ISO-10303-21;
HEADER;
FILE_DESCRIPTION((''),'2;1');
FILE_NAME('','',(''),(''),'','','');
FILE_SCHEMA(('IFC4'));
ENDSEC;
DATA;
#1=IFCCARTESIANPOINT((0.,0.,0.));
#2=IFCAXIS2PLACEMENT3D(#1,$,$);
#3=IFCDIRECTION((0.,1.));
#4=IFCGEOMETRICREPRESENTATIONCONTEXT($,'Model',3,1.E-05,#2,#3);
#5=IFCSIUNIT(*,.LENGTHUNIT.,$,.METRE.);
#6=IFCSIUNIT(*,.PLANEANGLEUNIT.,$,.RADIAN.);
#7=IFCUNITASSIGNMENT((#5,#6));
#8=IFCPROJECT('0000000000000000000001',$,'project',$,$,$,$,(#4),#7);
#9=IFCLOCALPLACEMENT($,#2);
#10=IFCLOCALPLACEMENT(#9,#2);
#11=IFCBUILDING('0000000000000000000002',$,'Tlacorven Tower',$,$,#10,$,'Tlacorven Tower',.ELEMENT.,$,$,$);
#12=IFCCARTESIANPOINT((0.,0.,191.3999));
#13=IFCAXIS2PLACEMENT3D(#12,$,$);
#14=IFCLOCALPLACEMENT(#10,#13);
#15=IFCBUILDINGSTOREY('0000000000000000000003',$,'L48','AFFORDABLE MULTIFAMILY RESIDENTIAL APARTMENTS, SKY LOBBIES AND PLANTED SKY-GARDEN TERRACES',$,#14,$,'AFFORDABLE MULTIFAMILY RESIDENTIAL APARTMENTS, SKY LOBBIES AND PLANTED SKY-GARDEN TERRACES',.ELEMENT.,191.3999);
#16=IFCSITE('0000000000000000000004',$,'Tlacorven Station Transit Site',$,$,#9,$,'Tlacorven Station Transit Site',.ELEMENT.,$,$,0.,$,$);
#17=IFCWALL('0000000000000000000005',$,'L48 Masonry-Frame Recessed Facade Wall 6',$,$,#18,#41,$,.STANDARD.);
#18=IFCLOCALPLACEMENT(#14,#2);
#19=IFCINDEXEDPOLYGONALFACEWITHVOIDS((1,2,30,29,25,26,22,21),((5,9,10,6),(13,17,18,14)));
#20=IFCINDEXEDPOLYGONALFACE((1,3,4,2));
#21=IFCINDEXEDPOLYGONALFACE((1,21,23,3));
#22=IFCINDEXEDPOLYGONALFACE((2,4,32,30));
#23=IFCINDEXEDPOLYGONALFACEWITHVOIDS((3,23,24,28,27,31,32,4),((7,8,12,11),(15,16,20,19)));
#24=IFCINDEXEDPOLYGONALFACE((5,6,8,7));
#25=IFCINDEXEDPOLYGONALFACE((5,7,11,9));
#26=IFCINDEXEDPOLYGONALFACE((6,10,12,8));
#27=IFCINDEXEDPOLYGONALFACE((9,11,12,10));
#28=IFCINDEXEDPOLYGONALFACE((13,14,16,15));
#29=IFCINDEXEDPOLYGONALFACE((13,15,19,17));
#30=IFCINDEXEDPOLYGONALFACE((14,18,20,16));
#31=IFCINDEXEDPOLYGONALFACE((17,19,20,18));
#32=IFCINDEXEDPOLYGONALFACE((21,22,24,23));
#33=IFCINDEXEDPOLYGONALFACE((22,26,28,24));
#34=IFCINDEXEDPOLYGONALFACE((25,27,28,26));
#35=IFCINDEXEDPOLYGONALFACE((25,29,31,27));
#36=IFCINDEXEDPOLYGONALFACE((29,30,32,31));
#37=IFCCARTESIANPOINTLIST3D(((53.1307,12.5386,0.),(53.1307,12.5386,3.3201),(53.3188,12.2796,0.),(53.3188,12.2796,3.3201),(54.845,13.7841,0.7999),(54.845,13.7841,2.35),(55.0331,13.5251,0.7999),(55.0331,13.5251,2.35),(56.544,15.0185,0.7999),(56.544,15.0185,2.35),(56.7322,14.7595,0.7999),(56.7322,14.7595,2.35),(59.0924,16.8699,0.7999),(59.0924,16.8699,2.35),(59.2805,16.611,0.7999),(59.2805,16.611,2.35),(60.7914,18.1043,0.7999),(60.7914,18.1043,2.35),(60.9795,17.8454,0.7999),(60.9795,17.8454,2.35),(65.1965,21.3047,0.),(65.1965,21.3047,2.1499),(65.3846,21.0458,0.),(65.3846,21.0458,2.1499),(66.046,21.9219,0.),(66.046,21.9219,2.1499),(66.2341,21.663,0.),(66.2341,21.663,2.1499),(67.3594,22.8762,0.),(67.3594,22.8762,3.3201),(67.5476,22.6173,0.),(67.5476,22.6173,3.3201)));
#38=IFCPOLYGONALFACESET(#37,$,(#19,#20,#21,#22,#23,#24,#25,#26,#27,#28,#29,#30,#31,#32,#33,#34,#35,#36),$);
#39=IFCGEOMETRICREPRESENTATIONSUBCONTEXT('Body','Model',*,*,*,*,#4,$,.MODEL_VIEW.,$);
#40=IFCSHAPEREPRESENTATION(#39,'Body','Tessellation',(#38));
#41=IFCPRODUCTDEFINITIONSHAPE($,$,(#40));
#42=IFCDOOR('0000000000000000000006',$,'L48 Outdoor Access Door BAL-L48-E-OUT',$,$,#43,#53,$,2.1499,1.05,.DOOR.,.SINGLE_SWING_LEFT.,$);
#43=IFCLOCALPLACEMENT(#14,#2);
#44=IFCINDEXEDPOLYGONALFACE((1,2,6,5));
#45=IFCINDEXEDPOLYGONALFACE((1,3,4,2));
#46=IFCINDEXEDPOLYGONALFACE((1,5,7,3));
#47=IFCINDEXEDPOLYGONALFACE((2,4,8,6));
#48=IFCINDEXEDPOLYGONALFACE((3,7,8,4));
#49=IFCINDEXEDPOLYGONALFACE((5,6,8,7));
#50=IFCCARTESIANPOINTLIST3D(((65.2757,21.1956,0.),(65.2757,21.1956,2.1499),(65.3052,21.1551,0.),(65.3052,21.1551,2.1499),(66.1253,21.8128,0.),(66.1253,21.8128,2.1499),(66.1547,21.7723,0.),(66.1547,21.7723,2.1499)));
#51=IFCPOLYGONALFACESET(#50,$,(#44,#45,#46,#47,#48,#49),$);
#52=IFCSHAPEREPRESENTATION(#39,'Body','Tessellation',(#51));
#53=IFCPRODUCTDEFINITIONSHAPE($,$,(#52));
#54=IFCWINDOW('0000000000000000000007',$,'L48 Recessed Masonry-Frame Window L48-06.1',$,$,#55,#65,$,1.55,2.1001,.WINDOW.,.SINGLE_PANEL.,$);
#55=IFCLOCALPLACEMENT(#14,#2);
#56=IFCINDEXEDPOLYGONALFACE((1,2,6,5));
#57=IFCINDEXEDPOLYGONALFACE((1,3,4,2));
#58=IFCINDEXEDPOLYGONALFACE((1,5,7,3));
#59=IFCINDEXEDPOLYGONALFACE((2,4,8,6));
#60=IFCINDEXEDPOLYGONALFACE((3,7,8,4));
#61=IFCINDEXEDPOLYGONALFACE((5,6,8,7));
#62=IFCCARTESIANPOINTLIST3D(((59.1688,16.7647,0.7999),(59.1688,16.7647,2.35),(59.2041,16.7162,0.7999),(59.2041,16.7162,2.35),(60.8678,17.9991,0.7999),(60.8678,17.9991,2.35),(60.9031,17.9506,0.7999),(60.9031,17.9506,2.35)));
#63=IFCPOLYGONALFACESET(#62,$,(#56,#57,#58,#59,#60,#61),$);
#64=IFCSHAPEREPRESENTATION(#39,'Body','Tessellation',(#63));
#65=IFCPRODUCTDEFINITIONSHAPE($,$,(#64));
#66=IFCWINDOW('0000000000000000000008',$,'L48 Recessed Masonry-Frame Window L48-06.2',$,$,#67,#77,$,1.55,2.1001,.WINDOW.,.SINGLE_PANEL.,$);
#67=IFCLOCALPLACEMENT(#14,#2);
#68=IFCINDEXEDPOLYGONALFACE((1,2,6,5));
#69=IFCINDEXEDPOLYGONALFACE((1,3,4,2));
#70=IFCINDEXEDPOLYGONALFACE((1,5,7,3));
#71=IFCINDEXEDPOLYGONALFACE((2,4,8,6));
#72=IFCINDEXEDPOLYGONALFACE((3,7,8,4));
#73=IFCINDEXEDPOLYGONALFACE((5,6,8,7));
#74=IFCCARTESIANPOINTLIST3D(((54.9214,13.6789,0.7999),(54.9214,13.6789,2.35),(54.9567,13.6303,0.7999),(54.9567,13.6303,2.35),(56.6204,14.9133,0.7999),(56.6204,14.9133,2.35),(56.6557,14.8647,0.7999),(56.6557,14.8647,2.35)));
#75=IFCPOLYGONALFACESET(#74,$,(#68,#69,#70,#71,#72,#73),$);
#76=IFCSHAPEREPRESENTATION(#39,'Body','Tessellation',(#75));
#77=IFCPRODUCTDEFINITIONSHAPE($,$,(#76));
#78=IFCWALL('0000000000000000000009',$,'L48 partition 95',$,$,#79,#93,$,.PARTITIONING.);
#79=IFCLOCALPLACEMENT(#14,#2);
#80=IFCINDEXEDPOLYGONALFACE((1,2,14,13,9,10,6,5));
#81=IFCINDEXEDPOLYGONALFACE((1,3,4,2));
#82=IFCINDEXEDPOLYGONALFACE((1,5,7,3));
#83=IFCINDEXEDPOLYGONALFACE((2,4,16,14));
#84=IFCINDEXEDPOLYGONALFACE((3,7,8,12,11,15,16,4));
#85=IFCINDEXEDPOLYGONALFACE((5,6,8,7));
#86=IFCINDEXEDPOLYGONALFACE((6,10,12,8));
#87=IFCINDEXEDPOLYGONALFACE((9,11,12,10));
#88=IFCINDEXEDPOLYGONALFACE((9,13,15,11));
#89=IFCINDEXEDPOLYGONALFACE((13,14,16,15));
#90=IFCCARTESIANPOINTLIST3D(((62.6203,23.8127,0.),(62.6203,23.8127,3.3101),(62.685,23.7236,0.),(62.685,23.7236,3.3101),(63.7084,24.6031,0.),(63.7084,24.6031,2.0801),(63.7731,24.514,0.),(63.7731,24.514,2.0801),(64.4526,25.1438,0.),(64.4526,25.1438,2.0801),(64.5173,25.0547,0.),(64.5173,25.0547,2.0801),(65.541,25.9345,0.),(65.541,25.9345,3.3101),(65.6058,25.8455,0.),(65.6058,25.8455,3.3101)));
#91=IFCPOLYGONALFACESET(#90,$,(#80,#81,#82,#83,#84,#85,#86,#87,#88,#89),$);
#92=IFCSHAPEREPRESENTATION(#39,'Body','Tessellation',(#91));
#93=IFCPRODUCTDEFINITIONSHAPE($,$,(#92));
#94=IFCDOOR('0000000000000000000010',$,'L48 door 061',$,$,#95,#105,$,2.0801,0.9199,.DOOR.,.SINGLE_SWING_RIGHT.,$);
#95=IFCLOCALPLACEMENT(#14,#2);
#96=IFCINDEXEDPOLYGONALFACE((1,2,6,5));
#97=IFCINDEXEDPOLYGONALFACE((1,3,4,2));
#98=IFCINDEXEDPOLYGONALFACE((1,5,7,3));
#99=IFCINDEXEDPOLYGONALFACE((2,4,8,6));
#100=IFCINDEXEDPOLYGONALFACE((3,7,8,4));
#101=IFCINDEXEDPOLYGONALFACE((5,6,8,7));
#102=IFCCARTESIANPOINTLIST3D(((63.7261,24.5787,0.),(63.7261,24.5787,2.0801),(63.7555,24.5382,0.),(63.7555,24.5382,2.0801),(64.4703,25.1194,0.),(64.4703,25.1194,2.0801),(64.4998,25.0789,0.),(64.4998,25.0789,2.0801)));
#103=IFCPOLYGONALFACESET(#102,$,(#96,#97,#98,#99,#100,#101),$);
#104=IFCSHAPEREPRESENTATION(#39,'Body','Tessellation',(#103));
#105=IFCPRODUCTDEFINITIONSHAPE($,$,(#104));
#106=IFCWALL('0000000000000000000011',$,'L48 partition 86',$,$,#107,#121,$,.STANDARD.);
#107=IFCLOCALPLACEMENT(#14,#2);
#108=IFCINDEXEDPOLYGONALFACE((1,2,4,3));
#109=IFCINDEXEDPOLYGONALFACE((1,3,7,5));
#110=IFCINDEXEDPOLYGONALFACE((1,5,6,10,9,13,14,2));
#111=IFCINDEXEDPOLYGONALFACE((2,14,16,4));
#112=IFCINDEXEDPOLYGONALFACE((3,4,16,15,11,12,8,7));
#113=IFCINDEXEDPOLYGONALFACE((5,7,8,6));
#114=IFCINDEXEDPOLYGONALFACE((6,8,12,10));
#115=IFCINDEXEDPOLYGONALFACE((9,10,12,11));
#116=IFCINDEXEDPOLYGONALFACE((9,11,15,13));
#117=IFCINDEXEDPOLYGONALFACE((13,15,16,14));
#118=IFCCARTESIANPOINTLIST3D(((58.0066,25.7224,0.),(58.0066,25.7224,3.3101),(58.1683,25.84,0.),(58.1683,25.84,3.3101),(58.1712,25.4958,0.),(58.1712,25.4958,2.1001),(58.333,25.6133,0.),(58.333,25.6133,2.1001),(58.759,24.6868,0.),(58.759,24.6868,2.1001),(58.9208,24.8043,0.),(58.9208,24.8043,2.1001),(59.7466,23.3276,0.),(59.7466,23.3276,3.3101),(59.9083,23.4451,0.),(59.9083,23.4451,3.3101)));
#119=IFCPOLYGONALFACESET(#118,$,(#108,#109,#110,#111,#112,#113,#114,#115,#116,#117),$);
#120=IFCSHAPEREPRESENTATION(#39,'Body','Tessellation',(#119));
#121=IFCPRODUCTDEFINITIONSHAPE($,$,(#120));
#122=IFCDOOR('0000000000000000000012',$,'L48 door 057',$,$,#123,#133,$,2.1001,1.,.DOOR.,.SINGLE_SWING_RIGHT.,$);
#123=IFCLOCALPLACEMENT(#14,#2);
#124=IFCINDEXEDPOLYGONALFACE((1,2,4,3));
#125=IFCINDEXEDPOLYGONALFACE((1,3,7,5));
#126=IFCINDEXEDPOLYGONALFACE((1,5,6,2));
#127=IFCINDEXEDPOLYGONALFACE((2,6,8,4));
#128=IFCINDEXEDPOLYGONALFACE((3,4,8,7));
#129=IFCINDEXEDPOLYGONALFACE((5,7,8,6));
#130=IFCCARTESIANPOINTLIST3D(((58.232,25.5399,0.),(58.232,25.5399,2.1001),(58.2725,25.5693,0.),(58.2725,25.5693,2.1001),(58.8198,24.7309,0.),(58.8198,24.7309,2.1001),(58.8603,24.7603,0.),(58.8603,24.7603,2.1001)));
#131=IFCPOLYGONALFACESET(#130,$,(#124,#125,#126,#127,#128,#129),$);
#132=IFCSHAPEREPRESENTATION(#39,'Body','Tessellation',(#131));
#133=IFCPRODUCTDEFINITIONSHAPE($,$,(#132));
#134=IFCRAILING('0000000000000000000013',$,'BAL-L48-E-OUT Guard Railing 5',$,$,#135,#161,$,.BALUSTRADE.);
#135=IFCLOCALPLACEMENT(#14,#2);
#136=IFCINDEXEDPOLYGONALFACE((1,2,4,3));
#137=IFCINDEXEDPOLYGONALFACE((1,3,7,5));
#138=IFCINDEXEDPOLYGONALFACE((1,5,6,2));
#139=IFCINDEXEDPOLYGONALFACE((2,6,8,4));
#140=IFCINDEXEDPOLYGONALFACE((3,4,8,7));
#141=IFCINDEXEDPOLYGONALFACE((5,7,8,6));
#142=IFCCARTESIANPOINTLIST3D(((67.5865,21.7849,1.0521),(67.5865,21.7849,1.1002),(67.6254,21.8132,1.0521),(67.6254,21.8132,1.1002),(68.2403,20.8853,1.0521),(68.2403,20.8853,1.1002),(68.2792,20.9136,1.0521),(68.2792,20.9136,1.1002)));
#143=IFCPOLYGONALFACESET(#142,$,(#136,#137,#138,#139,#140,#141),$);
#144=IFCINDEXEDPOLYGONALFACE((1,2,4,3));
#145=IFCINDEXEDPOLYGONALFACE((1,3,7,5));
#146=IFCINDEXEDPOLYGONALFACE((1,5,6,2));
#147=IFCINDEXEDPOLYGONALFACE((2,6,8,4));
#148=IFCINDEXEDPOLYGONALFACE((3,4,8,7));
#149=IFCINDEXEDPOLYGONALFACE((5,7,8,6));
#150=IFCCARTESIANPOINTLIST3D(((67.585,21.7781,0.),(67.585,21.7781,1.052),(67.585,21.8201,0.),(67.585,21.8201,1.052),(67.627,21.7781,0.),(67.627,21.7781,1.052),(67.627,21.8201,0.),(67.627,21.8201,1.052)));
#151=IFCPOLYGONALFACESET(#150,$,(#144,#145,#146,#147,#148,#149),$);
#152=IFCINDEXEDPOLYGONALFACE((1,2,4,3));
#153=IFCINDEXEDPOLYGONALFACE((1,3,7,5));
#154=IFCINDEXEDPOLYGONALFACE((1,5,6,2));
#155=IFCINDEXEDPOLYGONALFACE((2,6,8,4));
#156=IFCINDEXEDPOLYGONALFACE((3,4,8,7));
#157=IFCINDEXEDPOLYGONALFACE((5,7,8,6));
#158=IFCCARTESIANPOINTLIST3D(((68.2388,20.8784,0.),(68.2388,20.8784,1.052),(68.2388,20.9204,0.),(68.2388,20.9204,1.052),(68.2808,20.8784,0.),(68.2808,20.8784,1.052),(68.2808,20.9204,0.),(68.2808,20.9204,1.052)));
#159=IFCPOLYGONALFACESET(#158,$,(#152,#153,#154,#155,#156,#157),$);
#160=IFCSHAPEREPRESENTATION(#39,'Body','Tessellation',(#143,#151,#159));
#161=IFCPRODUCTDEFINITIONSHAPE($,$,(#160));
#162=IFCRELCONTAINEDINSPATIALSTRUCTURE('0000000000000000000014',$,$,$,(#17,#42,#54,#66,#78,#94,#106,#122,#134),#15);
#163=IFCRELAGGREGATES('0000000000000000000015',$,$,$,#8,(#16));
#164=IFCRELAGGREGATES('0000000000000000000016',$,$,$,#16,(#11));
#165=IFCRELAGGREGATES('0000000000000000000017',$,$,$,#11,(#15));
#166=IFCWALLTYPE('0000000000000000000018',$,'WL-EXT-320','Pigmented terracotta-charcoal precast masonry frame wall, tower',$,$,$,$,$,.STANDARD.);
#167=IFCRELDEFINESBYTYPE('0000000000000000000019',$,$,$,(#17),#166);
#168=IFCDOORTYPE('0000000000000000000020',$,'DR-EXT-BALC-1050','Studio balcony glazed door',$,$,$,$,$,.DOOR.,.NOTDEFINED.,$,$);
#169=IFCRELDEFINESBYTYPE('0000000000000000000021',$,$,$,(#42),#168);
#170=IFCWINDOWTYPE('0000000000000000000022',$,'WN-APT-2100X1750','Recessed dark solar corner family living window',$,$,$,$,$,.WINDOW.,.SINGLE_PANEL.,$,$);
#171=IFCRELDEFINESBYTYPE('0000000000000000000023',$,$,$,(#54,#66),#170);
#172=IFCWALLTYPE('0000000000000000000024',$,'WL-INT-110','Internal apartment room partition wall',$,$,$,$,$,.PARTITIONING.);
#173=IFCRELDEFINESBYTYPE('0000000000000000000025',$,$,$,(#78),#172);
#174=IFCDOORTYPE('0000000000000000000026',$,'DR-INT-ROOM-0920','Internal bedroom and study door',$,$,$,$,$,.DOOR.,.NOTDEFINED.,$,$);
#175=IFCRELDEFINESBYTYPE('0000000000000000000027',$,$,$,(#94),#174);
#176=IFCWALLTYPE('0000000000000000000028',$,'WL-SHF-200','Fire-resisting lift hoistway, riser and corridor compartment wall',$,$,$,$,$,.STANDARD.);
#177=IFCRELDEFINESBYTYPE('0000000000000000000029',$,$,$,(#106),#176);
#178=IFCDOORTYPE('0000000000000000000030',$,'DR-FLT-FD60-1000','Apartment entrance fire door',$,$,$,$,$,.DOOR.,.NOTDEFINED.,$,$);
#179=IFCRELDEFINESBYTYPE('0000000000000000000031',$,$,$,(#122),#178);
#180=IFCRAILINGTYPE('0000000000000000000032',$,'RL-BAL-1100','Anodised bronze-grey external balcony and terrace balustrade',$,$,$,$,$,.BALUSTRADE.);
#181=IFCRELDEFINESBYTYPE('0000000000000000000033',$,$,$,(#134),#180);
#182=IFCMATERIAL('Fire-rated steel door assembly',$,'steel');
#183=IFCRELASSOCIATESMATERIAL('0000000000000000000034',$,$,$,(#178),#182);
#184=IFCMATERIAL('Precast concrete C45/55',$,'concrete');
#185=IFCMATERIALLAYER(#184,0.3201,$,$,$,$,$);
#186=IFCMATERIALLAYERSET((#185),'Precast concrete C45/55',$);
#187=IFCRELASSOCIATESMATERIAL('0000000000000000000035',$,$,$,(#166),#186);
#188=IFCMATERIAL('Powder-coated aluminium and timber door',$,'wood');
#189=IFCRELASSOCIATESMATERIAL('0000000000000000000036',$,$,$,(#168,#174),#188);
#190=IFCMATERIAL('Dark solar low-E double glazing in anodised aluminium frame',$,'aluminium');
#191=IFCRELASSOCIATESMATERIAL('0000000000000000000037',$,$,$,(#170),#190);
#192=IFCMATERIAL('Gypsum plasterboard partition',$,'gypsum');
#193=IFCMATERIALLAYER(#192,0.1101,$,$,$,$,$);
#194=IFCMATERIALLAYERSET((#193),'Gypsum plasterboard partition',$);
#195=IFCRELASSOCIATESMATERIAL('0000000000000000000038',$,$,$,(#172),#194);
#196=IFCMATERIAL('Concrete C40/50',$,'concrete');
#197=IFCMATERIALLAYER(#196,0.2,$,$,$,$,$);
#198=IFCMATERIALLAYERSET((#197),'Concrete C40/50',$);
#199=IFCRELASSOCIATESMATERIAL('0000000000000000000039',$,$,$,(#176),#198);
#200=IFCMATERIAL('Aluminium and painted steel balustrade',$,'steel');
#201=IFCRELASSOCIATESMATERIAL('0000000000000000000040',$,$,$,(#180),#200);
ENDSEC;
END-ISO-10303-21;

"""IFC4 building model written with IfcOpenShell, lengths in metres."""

from ifc_helpers import new_model, si_unit, direction, frame, frame_2d, origin, origin_2d, place, context, subcontext, project, spatial, rectangle, extrude, source, transform, mapped, material, layer, layer_set, type_object, element, fill, save


model = new_model("IFC4")

# Units and contexts
model_context = context("Model", 3, precision=1e-05, world=origin(), true_north=direction((0.0, 1.0)))
body_context = subcontext(model_context, "Body", "Model", "MODEL_VIEW")
ifc_project = project(units=[si_unit("LENGTHUNIT", "METRE"), si_unit("PLANEANGLEUNIT", "RADIAN")], contexts=[model_context])

# Site, building, storey
site_placement = place(None, origin())
site = spatial("IfcSite", under=ifc_project, at=site_placement, Name="Tlacorven Station Transit Site", LongName="Tlacorven Station Transit Site", CompositionType="ELEMENT", RefElevation=0.0)
building_placement = place(site_placement, origin())
building = spatial("IfcBuilding", under=site, at=building_placement, Name="Tlacorven Tower", LongName="Tlacorven Tower", CompositionType="ELEMENT")
storey_placement = place(building_placement, frame((0.0, 0.0, 191.3999)))
storey = spatial("IfcBuildingStorey", under=building, at=storey_placement, Name="L48", Description="AFFORDABLE MULTIFAMILY RESIDENTIAL APARTMENTS, SKY LOBBIES AND PLANTED SKY-GARDEN TERRACES", LongName="AFFORDABLE MULTIFAMILY RESIDENTIAL APARTMENTS, SKY LOBBIES AND PLANTED SKY-GARDEN TERRACES", CompositionType="ELEMENT", Elevation=191.3999)

# Shared definitions
ifc_material_1 = material(Name="Fire-rated steel door assembly", Category="steel")
door_type_1 = type_object("IfcDoorType", Name="DR-FLT-FD60-1000", Description="Apartment entrance fire door", OperationType="NOTDEFINED", PredefinedType="DOOR", material=ifc_material_1)
shared_shape_1 = source(origin(), body_context, "Body", "SweptSolid", [
    extrude(rectangle(XDim=1.0, YDim=2.1001, at=frame_2d((0.5, 1.05))), frame((0.0, 0.0249, 0.0), z_axis=(0.0, -1.0, 0.0), x_axis=(1.0, 0.0, 0.0)), (0.0, 0.0, 1.0), 0.05),
])

# Wall, openings, door, windows
ifc_material_2 = material(Name="Precast concrete C45/55", Category="concrete")
ifc_layer_1 = layer(ifc_material_2, 0.3201)
ifc_layer_set_1 = layer_set([ifc_layer_1], Name="Precast concrete C45/55")
wall_type_1 = type_object("IfcWallType", Name="WL-EXT-320", Description="Pigmented terracotta-charcoal precast masonry frame wall, tower", PredefinedType="STANDARD", material=ifc_layer_set_1)
wall_1_placement = place(storey_placement, frame((67.4536, 22.7468, 0.0), z_axis=(0.0, 0.0, 1.0), x_axis=(-0.809021, -0.58778, 0.0)))
wall_1 = element("IfcWall", 1, at=wall_1_placement, inside=storey, type_object=wall_type_1, Name="L48 Masonry-Frame Recessed Facade Wall 6", PredefinedType="STANDARD", context=body_context, shape_type="SweptSolid", body=[
    extrude(rectangle(XDim=17.5876, YDim=0.3201, at=frame_2d((8.7939, 0.0))), origin(), (0.0, 0.0, 1.0), 3.3201),
])
opening_1_placement = place(wall_1_placement, frame((1.6238, 0.0, 0.0)))
opening_1 = element("IfcOpeningElement", 2, at=opening_1_placement, cuts=wall_1, PredefinedType="OPENING", context=body_context, shape_type="SweptSolid", body=[
    extrude(rectangle(XDim=1.05, YDim=2.1499, at=frame_2d((0.5249, 1.075))), frame((0.0, 0.1699, 0.0), z_axis=(0.0, -1.0, 0.0), x_axis=(1.0, 0.0, 0.0)), (0.0, 0.0, 1.0), 0.3401),
])
opening_2_placement = place(wall_1_placement, frame((8.1187, 0.0, 0.8)))
opening_2 = element("IfcOpeningElement", 3, at=opening_2_placement, cuts=wall_1, PredefinedType="OPENING", context=body_context, shape_type="SweptSolid", body=[
    extrude(rectangle(XDim=2.1001, YDim=1.55, at=frame_2d((1.05, 0.7749))), frame((0.0, 0.1699, 0.0), z_axis=(0.0, -1.0, 0.0), x_axis=(1.0, 0.0, 0.0)), (0.0, 0.0, 1.0), 0.3401),
])
opening_3_placement = place(wall_1_placement, frame((13.3687, 0.0, 0.8)))
opening_3 = element("IfcOpeningElement", 4, at=opening_3_placement, cuts=wall_1, PredefinedType="OPENING", context=body_context, shape_type="SweptSolid", body=[
    extrude(rectangle(XDim=2.1001, YDim=1.55, at=frame_2d((1.05, 0.7749))), frame((0.0, 0.1699, 0.0), z_axis=(0.0, -1.0, 0.0), x_axis=(1.0, 0.0, 0.0)), (0.0, 0.0, 1.0), 0.3401),
])
ifc_material_3 = material(Name="Powder-coated aluminium and timber door", Category="wood")
door_type_2 = type_object("IfcDoorType", Name="DR-EXT-BALC-1050", Description="Studio balcony glazed door", OperationType="NOTDEFINED", PredefinedType="DOOR", material=ifc_material_3)
shared_shape_2 = source(origin(), body_context, "Body", "SweptSolid", [
    extrude(rectangle(XDim=1.05, YDim=2.1499, at=frame_2d((0.5249, 1.075))), frame((0.0, 0.0249, 0.0), z_axis=(0.0, -1.0, 0.0), x_axis=(1.0, 0.0, 0.0)), (0.0, 0.0, 1.0), 0.05),
])
door_1_placement = place(opening_1_placement, origin())
door_1 = element("IfcDoor", 5, at=door_1_placement, inside=storey, type_object=door_type_2, Name="L48 Outdoor Access Door BAL-L48-E-OUT", OperationType="SINGLE_SWING_LEFT", OverallHeight=2.1499, OverallWidth=1.05, PredefinedType="DOOR", context=body_context, shape_type="MappedRepresentation", body=[
    mapped(shared_shape_2, transform((0.0, 0.0, 0.0), scale=1.0)),
])
fill(opening_1, door_1)
ifc_material_4 = material(Name="Dark solar low-E double glazing in anodised aluminium frame", Category="aluminium")
window_type = type_object("IfcWindowType", Name="WN-APT-2100X1750", Description="Recessed dark solar corner family living window", PartitioningType="SINGLE_PANEL", PredefinedType="WINDOW", material=ifc_material_4)
shared_shape_3 = source(origin(), body_context, "Body", "SweptSolid", [
    extrude(rectangle(XDim=2.1001, YDim=1.55, at=frame_2d((1.05, 0.7749))), frame((0.0, 0.03, 0.0), z_axis=(0.0, -1.0, 0.0), x_axis=(1.0, 0.0, 0.0)), (0.0, 0.0, 1.0), 0.0601),
])
window_1_placement = place(opening_2_placement, origin())
window_1 = element("IfcWindow", 6, at=window_1_placement, inside=storey, type_object=window_type, Name="L48 Recessed Masonry-Frame Window L48-06.1", OverallHeight=1.55, OverallWidth=2.1001, PartitioningType="SINGLE_PANEL", PredefinedType="WINDOW", context=body_context, shape_type="MappedRepresentation", body=[
    mapped(shared_shape_3, transform((0.0, 0.0, 0.0), scale=1.0)),
])
fill(opening_2, window_1)
window_2_placement = place(opening_3_placement, origin())
window_2 = element("IfcWindow", 7, at=window_2_placement, inside=storey, type_object=window_type, Name="L48 Recessed Masonry-Frame Window L48-06.2", OverallHeight=1.55, OverallWidth=2.1001, PartitioningType="SINGLE_PANEL", PredefinedType="WINDOW", context=body_context, shape_type="MappedRepresentation", body=[
    mapped(shared_shape_3, transform((0.0, 0.0, 0.0), scale=1.0)),
])
fill(opening_3, window_2)

# Walls, openings, doors
ifc_material_5 = material(Name="Gypsum plasterboard partition", Category="gypsum")
ifc_layer_2 = layer(ifc_material_5, 0.1101)
ifc_layer_set_2 = layer_set([ifc_layer_2], Name="Gypsum plasterboard partition")
wall_type_2 = type_object("IfcWallType", Name="WL-INT-110", Description="Internal apartment room partition wall", PredefinedType="PARTITIONING", material=ifc_layer_set_2)
wall_2_placement = place(storey_placement, frame((62.6526, 23.7681, 0.0), z_axis=(0.0, 0.0, 1.0), x_axis=(0.809037, 0.587757, 0.0)))
wall_2 = element("IfcWall", 8, at=wall_2_placement, inside=storey, type_object=wall_type_2, Name="L48 partition 95", PredefinedType="PARTITIONING", context=body_context, shape_type="SweptSolid", body=[
    extrude(rectangle(XDim=3.6101, YDim=0.1101, at=frame_2d((1.8052, 0.0))), origin(), (0.0, 0.0, 1.0), 3.3101),
])
opening_4_placement = place(wall_2_placement, frame((1.345, 0.0, 0.0)))
opening_4 = element("IfcOpeningElement", 9, at=opening_4_placement, cuts=wall_2, PredefinedType="OPENING", context=body_context, shape_type="SweptSolid", body=[
    extrude(rectangle(XDim=0.9199, YDim=2.0801, at=frame_2d((0.46, 1.04))), frame((0.0, 0.0649, 0.0), z_axis=(0.0, -1.0, 0.0), x_axis=(1.0, 0.0, 0.0)), (0.0, 0.0, 1.0), 0.1301),
])
door_type_3 = type_object("IfcDoorType", Name="DR-INT-ROOM-0920", Description="Internal bedroom and study door", OperationType="NOTDEFINED", PredefinedType="DOOR", material=ifc_material_3)
shared_shape_4 = source(origin(), body_context, "Body", "SweptSolid", [
    extrude(rectangle(XDim=0.9199, YDim=2.0801, at=frame_2d((0.46, 1.04))), frame((0.0, 0.0249, 0.0), z_axis=(0.0, -1.0, 0.0), x_axis=(1.0, 0.0, 0.0)), (0.0, 0.0, 1.0), 0.05),
])
door_2_placement = place(opening_4_placement, origin())
door_2 = element("IfcDoor", 10, at=door_2_placement, inside=storey, type_object=door_type_3, Name="L48 door 061", OperationType="SINGLE_SWING_RIGHT", OverallHeight=2.0801, OverallWidth=0.9199, PredefinedType="DOOR", context=body_context, shape_type="MappedRepresentation", body=[
    mapped(shared_shape_4, transform((0.0, 0.0, 0.0), scale=1.0)),
])
fill(opening_4, door_2)
ifc_material_6 = material(Name="Concrete C40/50", Category="concrete")
ifc_layer_3 = layer(ifc_material_6, 0.2)
ifc_layer_set_3 = layer_set([ifc_layer_3], Name="Concrete C40/50")
wall_type_3 = type_object("IfcWallType", Name="WL-SHF-200", Description="Fire-resisting lift hoistway, riser and corridor compartment wall", PredefinedType="STANDARD", material=ifc_layer_set_3)
wall_3_placement = place(storey_placement, frame((59.8274, 23.3865, 0.0), z_axis=(0.0, 0.0, 1.0), x_axis=(-0.587804, 0.809003, 0.0)))
wall_3 = element("IfcWall", 11, at=wall_3_placement, inside=storey, type_object=wall_type_3, Name="L48 partition 86", PredefinedType="STANDARD", context=body_context, shape_type="SweptSolid", body=[
    extrude(rectangle(XDim=2.9602, YDim=0.2, at=frame_2d((1.48, 0.0))), origin(), (0.0, 0.0, 1.0), 3.3101),
])
opening_5_placement = place(wall_3_placement, frame((1.6799, 0.0, 0.0)))
opening_5 = element("IfcOpeningElement", 12, at=opening_5_placement, cuts=wall_3, PredefinedType="OPENING", context=body_context, shape_type="SweptSolid", body=[
    extrude(rectangle(XDim=1.0, YDim=2.1001, at=frame_2d((0.5, 1.05))), frame((0.0, 0.1099, 0.0), z_axis=(0.0, -1.0, 0.0), x_axis=(1.0, 0.0, 0.0)), (0.0, 0.0, 1.0), 0.22),
])
door_3_placement = place(opening_5_placement, origin())
door_3 = element("IfcDoor", 13, at=door_3_placement, inside=storey, type_object=door_type_1, Name="L48 door 057", OperationType="SINGLE_SWING_RIGHT", OverallHeight=2.1001, OverallWidth=1.0, PredefinedType="DOOR", context=body_context, shape_type="MappedRepresentation", body=[
    mapped(shared_shape_1, transform((0.0, 0.0, 0.0), scale=1.0)),
])
fill(opening_5, door_3)

# Railing
ifc_material_7 = material(Name="Aluminium and painted steel balustrade", Category="steel")
railing_type = type_object("IfcRailingType", Name="RL-BAL-1100", Description="Anodised bronze-grey external balcony and terrace balustrade", PredefinedType="BALUSTRADE", material=ifc_material_7)
shared_shape_5 = source(origin(), body_context, "Body", "SweptSolid", [
    extrude(rectangle(XDim=0.0481, YDim=0.0481, at=origin_2d()), frame((0.0, 0.0, 1.0762), z_axis=(0.587884, -0.808945, 0.0), x_axis=(0.808945, 0.587884, 0.0)), (0.0, 0.0, 1.0), 1.1121),
    extrude(rectangle(XDim=0.042, YDim=0.042, at=origin_2d()), origin(), (0.0, 0.0, 1.0), 1.052),
    extrude(rectangle(XDim=0.042, YDim=0.042, at=origin_2d()), frame((0.6538, -0.8997, 0.0)), (0.0, 0.0, 1.0), 1.052),
])
railing_1_placement = place(storey_placement, frame((67.606, 21.7991, 0.0)))
element("IfcRailing", 14, at=railing_1_placement, inside=storey, type_object=railing_type, Name="BAL-L48-E-OUT Guard Railing 5", PredefinedType="BALUSTRADE", context=body_context, shape_type="MappedRepresentation", body=[
    mapped(shared_shape_5, transform((0.0, 0.0, 0.0), scale=1.0)),
])

save(model, "model.ifc")
